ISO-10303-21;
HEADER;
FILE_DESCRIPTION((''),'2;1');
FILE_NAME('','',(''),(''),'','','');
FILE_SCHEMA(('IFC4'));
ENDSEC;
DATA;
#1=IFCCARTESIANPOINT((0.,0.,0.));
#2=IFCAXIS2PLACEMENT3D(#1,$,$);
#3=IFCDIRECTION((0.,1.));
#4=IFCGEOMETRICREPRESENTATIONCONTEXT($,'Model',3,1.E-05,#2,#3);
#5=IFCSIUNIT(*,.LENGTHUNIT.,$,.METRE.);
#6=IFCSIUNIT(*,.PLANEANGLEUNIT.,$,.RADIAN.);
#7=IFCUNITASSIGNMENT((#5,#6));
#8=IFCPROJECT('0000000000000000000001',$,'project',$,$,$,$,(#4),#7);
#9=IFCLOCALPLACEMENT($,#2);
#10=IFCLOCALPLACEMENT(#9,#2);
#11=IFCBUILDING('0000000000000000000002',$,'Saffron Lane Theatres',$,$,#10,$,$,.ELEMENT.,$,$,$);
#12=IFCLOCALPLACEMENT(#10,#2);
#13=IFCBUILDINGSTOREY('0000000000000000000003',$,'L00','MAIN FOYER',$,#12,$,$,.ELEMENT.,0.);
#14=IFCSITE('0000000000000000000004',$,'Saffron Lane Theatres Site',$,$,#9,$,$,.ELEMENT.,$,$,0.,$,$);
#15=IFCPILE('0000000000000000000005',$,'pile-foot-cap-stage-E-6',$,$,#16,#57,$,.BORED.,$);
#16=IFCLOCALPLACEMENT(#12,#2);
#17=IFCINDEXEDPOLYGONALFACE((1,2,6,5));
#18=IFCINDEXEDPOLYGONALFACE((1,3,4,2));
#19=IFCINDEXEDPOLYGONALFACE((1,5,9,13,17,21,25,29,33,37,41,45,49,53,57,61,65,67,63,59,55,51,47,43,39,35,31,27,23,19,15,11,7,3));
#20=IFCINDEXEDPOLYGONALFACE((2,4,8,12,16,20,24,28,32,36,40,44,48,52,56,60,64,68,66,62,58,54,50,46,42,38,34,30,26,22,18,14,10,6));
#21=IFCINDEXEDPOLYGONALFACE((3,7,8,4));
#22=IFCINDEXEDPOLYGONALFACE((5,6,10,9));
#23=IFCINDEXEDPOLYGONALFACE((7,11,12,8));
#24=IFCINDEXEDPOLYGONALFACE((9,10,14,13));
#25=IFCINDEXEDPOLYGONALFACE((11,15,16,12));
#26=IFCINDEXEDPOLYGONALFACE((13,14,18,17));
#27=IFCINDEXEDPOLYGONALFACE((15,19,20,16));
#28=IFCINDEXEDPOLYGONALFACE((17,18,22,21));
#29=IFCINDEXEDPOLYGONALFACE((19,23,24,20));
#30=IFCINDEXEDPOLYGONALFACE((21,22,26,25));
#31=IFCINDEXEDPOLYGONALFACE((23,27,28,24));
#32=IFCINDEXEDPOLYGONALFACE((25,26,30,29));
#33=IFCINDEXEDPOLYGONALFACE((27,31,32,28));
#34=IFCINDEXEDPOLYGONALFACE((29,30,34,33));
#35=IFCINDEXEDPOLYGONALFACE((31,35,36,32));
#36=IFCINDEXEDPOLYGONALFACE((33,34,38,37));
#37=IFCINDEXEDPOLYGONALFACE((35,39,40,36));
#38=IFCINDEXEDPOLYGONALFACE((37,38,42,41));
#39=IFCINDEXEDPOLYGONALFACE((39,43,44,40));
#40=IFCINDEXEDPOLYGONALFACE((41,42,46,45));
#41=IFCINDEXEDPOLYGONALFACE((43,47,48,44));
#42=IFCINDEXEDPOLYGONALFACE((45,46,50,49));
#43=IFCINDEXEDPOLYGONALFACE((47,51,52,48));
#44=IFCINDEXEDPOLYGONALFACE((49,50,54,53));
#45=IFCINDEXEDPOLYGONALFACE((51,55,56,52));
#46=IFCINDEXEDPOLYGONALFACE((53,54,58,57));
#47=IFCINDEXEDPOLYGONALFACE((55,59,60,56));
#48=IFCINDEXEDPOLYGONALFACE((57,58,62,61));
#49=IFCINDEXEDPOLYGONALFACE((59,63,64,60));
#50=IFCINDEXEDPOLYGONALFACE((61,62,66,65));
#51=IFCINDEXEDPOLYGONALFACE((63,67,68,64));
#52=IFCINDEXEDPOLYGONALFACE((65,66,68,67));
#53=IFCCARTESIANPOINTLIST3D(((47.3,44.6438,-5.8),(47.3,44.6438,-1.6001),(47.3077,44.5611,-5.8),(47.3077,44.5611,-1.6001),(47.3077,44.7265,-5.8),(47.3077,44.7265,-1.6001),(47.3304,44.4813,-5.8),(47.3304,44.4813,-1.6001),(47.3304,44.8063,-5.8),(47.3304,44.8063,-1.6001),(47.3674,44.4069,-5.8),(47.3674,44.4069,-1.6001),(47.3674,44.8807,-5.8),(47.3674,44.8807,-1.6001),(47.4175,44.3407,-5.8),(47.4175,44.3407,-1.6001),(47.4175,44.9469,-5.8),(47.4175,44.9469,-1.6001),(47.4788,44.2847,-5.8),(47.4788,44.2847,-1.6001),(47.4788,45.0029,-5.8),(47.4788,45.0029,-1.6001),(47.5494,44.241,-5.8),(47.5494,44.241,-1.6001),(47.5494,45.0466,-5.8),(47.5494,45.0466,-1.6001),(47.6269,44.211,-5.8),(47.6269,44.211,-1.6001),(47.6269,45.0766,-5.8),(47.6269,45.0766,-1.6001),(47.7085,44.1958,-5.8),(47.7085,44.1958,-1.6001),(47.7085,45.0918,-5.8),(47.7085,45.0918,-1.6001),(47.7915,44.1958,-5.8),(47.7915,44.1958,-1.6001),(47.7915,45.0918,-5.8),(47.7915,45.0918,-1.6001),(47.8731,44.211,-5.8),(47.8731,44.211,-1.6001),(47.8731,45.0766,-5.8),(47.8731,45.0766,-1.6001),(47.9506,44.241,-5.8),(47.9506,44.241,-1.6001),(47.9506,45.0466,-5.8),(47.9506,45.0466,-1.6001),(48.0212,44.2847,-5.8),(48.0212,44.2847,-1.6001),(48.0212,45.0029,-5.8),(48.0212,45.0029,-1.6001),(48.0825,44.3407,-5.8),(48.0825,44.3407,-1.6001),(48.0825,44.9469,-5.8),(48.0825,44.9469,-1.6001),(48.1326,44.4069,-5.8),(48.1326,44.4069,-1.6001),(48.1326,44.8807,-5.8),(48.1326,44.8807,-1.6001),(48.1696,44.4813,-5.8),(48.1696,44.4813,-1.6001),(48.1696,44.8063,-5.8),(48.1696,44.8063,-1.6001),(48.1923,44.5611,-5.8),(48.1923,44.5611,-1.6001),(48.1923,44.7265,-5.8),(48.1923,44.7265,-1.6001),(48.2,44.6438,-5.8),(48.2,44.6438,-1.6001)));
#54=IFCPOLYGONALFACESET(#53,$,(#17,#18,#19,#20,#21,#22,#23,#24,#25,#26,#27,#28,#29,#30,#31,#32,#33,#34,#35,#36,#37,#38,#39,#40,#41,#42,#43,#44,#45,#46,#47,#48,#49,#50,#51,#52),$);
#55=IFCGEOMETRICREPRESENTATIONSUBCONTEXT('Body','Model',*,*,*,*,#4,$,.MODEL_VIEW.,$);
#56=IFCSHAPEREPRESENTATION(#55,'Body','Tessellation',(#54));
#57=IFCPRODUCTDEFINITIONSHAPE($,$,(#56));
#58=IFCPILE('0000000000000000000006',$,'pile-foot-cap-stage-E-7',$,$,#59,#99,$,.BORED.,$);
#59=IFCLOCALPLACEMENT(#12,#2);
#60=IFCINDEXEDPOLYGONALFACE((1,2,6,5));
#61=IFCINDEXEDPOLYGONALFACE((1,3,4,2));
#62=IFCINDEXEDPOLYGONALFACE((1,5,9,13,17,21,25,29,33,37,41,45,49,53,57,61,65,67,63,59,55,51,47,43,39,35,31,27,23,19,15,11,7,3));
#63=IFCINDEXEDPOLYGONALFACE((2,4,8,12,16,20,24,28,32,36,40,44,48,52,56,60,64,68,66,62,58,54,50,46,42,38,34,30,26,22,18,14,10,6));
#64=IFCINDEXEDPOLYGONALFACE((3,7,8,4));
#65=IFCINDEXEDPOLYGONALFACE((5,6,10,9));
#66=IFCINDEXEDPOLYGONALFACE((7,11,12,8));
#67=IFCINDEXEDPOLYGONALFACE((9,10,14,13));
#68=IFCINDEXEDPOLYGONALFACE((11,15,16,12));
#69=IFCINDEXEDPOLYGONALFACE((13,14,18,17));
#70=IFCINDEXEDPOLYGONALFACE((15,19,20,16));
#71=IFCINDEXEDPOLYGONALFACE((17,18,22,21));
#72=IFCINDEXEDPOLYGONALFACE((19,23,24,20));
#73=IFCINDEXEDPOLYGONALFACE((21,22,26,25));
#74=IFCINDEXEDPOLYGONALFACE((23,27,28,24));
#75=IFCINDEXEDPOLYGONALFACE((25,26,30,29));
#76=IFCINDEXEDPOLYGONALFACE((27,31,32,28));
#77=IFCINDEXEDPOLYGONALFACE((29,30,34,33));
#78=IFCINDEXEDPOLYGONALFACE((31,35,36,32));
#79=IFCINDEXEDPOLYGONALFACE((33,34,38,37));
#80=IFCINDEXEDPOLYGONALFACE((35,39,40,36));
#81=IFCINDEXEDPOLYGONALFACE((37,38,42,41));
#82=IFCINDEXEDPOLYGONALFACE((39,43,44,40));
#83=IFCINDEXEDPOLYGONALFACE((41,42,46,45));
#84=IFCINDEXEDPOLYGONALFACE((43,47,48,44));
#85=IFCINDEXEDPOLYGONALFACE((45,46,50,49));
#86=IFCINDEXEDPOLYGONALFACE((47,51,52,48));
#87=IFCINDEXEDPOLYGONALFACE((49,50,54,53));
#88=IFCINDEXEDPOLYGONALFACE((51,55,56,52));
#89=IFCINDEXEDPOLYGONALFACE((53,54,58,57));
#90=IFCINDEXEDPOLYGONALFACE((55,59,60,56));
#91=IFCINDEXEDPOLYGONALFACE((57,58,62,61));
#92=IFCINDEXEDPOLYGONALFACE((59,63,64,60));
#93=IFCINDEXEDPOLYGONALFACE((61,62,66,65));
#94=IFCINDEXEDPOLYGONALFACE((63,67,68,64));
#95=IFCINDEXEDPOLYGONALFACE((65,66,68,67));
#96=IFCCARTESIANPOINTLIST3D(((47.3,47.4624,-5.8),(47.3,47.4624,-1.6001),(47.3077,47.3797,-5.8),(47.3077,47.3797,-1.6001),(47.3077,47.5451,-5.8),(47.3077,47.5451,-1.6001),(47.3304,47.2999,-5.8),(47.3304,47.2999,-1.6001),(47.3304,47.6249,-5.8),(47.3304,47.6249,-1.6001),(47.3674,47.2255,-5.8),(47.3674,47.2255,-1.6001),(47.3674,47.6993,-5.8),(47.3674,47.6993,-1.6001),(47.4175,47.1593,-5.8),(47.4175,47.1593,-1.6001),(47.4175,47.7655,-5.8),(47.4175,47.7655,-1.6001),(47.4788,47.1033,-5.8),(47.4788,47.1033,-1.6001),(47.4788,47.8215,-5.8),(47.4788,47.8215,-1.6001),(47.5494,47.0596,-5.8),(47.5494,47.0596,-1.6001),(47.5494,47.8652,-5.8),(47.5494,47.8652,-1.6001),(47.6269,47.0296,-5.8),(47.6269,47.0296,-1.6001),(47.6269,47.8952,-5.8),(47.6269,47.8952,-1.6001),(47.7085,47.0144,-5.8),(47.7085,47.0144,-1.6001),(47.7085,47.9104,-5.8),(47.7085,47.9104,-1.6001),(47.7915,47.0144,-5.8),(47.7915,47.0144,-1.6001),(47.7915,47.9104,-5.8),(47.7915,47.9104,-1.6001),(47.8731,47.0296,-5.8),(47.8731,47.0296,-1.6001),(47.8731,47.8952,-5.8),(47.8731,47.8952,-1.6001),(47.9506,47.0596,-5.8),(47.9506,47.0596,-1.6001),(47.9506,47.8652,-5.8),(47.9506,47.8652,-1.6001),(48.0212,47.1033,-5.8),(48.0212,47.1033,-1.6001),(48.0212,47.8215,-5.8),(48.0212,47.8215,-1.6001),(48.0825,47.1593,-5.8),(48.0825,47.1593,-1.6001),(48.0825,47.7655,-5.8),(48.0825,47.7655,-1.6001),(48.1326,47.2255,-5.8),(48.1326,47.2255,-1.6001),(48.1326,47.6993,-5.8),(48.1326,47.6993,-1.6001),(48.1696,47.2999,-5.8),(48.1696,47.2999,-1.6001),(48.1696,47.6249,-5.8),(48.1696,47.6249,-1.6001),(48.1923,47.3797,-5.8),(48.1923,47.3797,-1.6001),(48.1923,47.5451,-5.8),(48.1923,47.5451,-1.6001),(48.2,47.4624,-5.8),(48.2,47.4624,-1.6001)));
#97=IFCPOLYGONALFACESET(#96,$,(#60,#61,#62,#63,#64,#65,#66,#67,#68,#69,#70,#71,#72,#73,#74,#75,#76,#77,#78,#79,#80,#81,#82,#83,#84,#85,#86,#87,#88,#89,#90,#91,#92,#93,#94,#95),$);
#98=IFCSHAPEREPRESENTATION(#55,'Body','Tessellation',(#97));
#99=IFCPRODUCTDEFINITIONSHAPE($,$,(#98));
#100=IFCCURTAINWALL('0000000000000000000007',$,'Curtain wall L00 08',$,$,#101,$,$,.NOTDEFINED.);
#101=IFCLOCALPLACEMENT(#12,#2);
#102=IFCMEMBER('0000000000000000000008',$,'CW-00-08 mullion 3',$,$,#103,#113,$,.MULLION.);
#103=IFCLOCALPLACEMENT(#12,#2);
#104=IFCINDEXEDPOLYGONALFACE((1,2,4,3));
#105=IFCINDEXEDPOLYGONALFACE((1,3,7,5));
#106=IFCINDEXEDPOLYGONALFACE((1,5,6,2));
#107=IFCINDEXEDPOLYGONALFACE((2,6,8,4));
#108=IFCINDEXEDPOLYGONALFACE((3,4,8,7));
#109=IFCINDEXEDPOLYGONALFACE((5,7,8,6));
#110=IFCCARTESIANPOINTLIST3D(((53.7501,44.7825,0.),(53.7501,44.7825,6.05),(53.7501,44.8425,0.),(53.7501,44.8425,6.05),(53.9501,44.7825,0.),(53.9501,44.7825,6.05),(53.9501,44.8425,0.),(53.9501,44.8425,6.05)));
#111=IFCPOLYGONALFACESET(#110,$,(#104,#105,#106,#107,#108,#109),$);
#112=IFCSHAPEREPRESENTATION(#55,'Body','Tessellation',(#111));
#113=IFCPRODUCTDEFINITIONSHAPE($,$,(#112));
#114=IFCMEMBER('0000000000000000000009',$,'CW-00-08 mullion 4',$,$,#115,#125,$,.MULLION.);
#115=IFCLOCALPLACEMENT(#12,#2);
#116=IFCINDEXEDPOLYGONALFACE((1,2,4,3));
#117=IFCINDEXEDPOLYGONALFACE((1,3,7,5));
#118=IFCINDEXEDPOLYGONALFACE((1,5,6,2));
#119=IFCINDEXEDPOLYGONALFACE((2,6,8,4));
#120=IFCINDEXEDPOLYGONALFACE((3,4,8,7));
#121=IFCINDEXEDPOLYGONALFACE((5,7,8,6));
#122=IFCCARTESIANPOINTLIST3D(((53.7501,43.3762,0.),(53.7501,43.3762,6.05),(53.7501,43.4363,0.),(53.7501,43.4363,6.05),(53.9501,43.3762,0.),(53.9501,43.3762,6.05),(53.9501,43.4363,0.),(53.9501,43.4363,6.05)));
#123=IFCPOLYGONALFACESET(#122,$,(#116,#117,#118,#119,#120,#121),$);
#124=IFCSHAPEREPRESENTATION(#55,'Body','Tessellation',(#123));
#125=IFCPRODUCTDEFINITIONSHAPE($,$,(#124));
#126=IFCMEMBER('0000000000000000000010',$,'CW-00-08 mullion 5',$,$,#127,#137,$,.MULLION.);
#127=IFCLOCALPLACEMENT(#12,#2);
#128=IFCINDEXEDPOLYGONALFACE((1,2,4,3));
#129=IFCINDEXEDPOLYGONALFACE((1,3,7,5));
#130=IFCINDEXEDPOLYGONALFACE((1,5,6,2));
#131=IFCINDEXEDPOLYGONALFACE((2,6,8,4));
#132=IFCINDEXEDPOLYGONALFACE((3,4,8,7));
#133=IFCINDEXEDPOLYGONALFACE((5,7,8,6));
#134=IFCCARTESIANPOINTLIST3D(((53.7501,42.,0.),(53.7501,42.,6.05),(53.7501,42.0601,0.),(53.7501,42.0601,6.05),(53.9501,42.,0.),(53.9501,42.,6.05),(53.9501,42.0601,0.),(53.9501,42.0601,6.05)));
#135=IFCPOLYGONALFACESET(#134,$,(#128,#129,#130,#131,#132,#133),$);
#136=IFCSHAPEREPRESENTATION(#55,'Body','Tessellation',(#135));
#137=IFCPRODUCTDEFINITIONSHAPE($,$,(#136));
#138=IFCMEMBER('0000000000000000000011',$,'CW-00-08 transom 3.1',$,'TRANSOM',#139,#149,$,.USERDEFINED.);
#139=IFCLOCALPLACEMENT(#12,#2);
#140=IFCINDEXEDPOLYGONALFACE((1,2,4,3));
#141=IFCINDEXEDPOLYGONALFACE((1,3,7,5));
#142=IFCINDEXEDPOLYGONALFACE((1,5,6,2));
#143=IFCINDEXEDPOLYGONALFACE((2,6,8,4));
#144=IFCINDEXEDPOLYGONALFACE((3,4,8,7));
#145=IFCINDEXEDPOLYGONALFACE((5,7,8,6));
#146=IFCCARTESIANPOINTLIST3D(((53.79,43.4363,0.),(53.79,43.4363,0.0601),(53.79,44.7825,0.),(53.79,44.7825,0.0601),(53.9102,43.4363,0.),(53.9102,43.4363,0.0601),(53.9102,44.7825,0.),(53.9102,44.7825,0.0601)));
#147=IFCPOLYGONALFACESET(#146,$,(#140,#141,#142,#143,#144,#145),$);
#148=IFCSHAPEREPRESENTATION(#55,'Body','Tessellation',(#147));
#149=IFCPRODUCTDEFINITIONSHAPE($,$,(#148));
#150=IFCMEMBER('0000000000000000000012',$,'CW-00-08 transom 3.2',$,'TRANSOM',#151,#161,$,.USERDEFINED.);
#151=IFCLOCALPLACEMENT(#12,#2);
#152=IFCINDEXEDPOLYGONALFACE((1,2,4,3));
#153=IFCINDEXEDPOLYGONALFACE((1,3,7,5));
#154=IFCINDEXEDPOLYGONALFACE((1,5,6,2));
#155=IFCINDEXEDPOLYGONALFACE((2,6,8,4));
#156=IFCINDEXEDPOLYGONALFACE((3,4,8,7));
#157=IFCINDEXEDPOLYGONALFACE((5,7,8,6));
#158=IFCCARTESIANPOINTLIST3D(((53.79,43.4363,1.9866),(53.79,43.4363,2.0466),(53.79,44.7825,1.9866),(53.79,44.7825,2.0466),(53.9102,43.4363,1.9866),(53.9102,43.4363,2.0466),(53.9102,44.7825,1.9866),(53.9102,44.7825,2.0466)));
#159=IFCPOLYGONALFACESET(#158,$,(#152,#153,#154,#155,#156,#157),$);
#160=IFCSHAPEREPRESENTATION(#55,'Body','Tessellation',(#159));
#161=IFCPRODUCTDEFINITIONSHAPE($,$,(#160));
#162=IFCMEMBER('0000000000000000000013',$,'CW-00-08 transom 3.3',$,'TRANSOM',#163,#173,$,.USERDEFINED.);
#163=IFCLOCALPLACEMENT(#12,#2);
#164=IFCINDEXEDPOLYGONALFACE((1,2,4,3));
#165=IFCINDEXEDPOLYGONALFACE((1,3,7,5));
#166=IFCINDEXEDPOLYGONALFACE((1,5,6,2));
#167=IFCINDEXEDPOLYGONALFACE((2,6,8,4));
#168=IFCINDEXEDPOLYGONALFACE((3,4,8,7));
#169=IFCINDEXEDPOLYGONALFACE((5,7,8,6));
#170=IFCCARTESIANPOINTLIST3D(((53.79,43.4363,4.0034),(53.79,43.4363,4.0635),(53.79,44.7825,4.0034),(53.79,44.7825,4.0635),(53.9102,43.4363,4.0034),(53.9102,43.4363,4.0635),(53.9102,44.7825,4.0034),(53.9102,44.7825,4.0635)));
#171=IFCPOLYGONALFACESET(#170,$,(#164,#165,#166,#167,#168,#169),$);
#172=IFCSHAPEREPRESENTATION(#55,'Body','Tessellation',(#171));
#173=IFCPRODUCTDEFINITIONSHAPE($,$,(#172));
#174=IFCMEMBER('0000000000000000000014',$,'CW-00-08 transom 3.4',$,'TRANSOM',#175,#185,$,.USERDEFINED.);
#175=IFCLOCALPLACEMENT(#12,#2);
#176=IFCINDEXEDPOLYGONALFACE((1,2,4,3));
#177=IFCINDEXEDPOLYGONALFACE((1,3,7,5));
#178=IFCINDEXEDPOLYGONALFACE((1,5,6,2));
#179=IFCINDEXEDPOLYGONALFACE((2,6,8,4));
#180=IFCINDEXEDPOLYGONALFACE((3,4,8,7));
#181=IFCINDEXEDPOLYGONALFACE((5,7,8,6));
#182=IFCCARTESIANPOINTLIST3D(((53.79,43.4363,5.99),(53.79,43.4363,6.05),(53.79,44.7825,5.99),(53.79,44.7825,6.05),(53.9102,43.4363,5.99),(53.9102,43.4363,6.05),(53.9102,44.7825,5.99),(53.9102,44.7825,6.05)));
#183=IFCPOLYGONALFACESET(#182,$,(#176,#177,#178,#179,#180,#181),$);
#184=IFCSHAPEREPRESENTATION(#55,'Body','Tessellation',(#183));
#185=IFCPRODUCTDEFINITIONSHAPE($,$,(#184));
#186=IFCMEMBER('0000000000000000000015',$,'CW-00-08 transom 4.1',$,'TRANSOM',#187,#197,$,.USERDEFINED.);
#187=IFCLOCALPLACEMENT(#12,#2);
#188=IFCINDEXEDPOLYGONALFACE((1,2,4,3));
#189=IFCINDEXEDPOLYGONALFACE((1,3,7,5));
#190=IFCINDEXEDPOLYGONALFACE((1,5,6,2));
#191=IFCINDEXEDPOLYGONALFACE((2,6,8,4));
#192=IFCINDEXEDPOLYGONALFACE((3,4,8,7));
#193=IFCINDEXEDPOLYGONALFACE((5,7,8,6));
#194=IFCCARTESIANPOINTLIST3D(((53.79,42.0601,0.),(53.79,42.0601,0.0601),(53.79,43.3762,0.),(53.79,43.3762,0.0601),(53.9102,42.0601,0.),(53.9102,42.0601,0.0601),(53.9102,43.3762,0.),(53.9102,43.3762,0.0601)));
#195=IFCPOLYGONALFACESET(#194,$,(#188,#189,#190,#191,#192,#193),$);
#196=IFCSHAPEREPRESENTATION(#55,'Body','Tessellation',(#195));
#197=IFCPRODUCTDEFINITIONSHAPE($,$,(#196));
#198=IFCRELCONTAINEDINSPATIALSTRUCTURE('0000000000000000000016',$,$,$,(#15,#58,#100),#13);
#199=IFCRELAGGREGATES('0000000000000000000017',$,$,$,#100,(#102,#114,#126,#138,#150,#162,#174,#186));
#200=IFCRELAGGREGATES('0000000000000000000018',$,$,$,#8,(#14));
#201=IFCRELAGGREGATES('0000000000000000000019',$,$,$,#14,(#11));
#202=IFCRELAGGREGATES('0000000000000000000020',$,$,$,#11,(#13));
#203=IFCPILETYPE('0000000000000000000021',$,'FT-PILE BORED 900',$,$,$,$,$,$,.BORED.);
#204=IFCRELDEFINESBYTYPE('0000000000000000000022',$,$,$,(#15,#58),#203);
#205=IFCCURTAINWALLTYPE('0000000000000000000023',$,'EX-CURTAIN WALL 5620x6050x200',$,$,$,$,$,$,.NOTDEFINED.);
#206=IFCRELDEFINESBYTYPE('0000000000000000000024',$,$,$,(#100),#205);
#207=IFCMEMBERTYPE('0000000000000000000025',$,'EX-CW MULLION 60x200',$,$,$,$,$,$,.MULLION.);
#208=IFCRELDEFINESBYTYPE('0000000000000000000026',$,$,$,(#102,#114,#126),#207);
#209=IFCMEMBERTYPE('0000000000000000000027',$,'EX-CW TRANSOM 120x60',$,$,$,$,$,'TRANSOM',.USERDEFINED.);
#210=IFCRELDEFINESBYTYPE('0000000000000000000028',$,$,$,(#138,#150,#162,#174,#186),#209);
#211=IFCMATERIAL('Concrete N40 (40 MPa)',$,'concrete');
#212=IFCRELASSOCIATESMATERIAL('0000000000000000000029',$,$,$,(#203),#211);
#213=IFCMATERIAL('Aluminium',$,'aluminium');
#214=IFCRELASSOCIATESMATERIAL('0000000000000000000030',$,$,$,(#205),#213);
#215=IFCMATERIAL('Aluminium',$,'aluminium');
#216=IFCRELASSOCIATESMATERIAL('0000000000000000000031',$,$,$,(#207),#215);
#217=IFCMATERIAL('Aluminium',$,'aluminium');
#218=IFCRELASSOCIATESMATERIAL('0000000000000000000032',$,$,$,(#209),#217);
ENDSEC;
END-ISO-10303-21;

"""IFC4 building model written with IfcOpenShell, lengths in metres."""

from ifc_helpers import new_model, si_unit, direction, frame, origin, origin_2d, place, context, subcontext, project, spatial, rectangle, circle, extrude, material, material_profile, profile_set, type_object, element, aggregate, save


model = new_model("IFC4")

# Units and contexts
model_context = context("Model", 3, precision=1e-05, world=origin(), true_north=direction((0.0, 1.0)))
body_context = subcontext(model_context, "Body", "Model", "MODEL_VIEW")
ifc_project = project(units=[si_unit("LENGTHUNIT", "METRE"), si_unit("PLANEANGLEUNIT", "RADIAN")], contexts=[model_context])

# Site, building, storey
site_placement = place(None, origin())
site = spatial("IfcSite", under=ifc_project, at=site_placement, Name="Saffron Lane Theatres Site", CompositionType="ELEMENT", RefElevation=0.0)
building_placement = place(site_placement, origin())
building = spatial("IfcBuilding", under=site, at=building_placement, Name="Saffron Lane Theatres", CompositionType="ELEMENT")
storey_placement = place(building_placement, origin())
storey = spatial("IfcBuildingStorey", under=building, at=storey_placement, Name="L00", Description="MAIN FOYER", CompositionType="ELEMENT", Elevation=0.0)

# Piles
ifc_material_1 = material(Name="Concrete N40 (40 MPa)", Category="concrete")
ifc_material_profile_1 = material_profile(ifc_material_1, circle(Radius=0.45, at=origin_2d()))
ifc_profile_set_1 = profile_set([ifc_material_profile_1], Name="Concrete N40 (40 MPa)")
pile_type = type_object("IfcPileType", Name="FT-PILE BORED 900", PredefinedType="BORED", material=ifc_profile_set_1)
for number, where, z_axis, x_axis, name in (
    (1, (47.75, 44.6438, -1.6001), (0.0, 0.0, -1.0), (1.0, 0.0, 0.0), "pile-foot-cap-stage-E-6"),
    (2, (47.75, 47.4624, -1.6001), (0.0, 0.0, -1.0), (1.0, 0.0, 0.0), "pile-foot-cap-stage-E-7"),
):
    element("IfcPile", number, at=place(storey_placement, frame(where, z_axis=z_axis, x_axis=x_axis)), inside=storey, type_object=pile_type, Name=name, PredefinedType="BORED", context=body_context, shape_type="SweptSolid", body=[
        extrude(circle(Radius=0.45, at=origin_2d()), origin(), (0.0, 0.0, 1.0), 4.2),
    ])

# Curtain wall, members
ifc_material_2 = material(Name="Aluminium", Category="aluminium")
curtain_wall_type = type_object("IfcCurtainWallType", Name="EX-CURTAIN WALL 5620x6050x200", PredefinedType="NOTDEFINED", material=ifc_material_2)
curtain_wall_placement = place(storey_placement, origin())
curtain_wall = element("IfcCurtainWall", 3, at=curtain_wall_placement, inside=storey, type_object=curtain_wall_type, Name="Curtain wall L00 08", PredefinedType="NOTDEFINED")
ifc_material_3 = material(Name="Aluminium", Category="aluminium")
ifc_material_profile_2 = material_profile(ifc_material_3, rectangle(XDim=0.0601, YDim=0.2, at=origin_2d()))
ifc_profile_set_2 = profile_set([ifc_material_profile_2], Name="Aluminium")
member_type_1 = type_object("IfcMemberType", Name="EX-CW MULLION 60x200", PredefinedType="MULLION", material=ifc_profile_set_2)
member_1_placement = place(storey_placement, frame((53.8501, 44.8125, 0.0), z_axis=(0.0, 0.0, 1.0), x_axis=(0.0, -1.0, 0.0)))
member_1 = element("IfcMember", 4, at=member_1_placement, type_object=member_type_1, Name="CW-00-08 mullion 3", PredefinedType="MULLION", context=body_context, shape_type="SweptSolid", body=[
    extrude(rectangle(XDim=0.0601, YDim=0.2, at=origin_2d()), origin(), (0.0, 0.0, 1.0), 6.05),
])
member_2_placement = place(storey_placement, frame((53.8501, 43.4062, 0.0), z_axis=(0.0, 0.0, 1.0), x_axis=(0.0, -1.0, 0.0)))
member_2 = element("IfcMember", 5, at=member_2_placement, type_object=member_type_1, Name="CW-00-08 mullion 4", PredefinedType="MULLION", context=body_context, shape_type="SweptSolid", body=[
    extrude(rectangle(XDim=0.0601, YDim=0.2, at=origin_2d()), origin(), (0.0, 0.0, 1.0), 6.05),
])
member_3_placement = place(storey_placement, frame((53.8501, 42.03, 0.0), z_axis=(0.0, 0.0, 1.0), x_axis=(0.0, -1.0, 0.0)))
member_3 = element("IfcMember", 6, at=member_3_placement, type_object=member_type_1, Name="CW-00-08 mullion 5", PredefinedType="MULLION", context=body_context, shape_type="SweptSolid", body=[
    extrude(rectangle(XDim=0.0601, YDim=0.2, at=origin_2d()), origin(), (0.0, 0.0, 1.0), 6.05),
])
ifc_material_4 = material(Name="Aluminium", Category="aluminium")
ifc_material_profile_3 = material_profile(ifc_material_4, rectangle(XDim=0.1201, YDim=0.0601, at=origin_2d()))
ifc_profile_set_3 = profile_set([ifc_material_profile_3], Name="Aluminium")
member_type_2 = type_object("IfcMemberType", Name="EX-CW TRANSOM 120x60", ElementType="TRANSOM", PredefinedType="USERDEFINED", material=ifc_profile_set_3)
member_4_placement = place(storey_placement, frame((53.8501, 44.7825, 0.03), z_axis=(0.0, -1.0, 0.0), x_axis=(1.0, 0.0, 0.0)))
member_4 = element("IfcMember", 7, at=member_4_placement, type_object=member_type_2, Name="CW-00-08 transom 3.1", ObjectType="TRANSOM", PredefinedType="USERDEFINED", context=body_context, shape_type="SweptSolid", body=[
    extrude(rectangle(XDim=0.1201, YDim=0.0601, at=origin_2d()), origin(), (0.0, 0.0, 1.0), 1.3462),
])
member_5_placement = place(storey_placement, frame((53.8501, 44.7825, 2.0166), z_axis=(0.0, -1.0, 0.0), x_axis=(1.0, 0.0, 0.0)))
member_5 = element("IfcMember", 8, at=member_5_placement, type_object=member_type_2, Name="CW-00-08 transom 3.2", ObjectType="TRANSOM", PredefinedType="USERDEFINED", context=body_context, shape_type="SweptSolid", body=[
    extrude(rectangle(XDim=0.1201, YDim=0.0601, at=origin_2d()), origin(), (0.0, 0.0, 1.0), 1.3462),
])
member_6_placement = place(storey_placement, frame((53.8501, 44.7825, 4.0334), z_axis=(0.0, -1.0, 0.0), x_axis=(1.0, 0.0, 0.0)))
member_6 = element("IfcMember", 9, at=member_6_placement, type_object=member_type_2, Name="CW-00-08 transom 3.3", ObjectType="TRANSOM", PredefinedType="USERDEFINED", context=body_context, shape_type="SweptSolid", body=[
    extrude(rectangle(XDim=0.1201, YDim=0.0601, at=origin_2d()), origin(), (0.0, 0.0, 1.0), 1.3462),
])
member_7_placement = place(storey_placement, frame((53.8501, 44.7825, 6.02), z_axis=(0.0, -1.0, 0.0), x_axis=(1.0, 0.0, 0.0)))
member_7 = element("IfcMember", 10, at=member_7_placement, type_object=member_type_2, Name="CW-00-08 transom 3.4", ObjectType="TRANSOM", PredefinedType="USERDEFINED", context=body_context, shape_type="SweptSolid", body=[
    extrude(rectangle(XDim=0.1201, YDim=0.0601, at=origin_2d()), origin(), (0.0, 0.0, 1.0), 1.3462),
])
member_8_placement = place(storey_placement, frame((53.8501, 43.3762, 0.03), z_axis=(0.0, -1.0, 0.0), x_axis=(1.0, 0.0, 0.0)))
member_8 = element("IfcMember", 11, at=member_8_placement, type_object=member_type_2, Name="CW-00-08 transom 4.1", ObjectType="TRANSOM", PredefinedType="USERDEFINED", context=body_context, shape_type="SweptSolid", body=[
    extrude(rectangle(XDim=0.1201, YDim=0.0601, at=origin_2d()), origin(), (0.0, 0.0, 1.0), 1.3162),
])
aggregate(curtain_wall, [member_1, member_2, member_3, member_4, member_5, member_6, member_7, member_8])

save(model, "model.ifc")
